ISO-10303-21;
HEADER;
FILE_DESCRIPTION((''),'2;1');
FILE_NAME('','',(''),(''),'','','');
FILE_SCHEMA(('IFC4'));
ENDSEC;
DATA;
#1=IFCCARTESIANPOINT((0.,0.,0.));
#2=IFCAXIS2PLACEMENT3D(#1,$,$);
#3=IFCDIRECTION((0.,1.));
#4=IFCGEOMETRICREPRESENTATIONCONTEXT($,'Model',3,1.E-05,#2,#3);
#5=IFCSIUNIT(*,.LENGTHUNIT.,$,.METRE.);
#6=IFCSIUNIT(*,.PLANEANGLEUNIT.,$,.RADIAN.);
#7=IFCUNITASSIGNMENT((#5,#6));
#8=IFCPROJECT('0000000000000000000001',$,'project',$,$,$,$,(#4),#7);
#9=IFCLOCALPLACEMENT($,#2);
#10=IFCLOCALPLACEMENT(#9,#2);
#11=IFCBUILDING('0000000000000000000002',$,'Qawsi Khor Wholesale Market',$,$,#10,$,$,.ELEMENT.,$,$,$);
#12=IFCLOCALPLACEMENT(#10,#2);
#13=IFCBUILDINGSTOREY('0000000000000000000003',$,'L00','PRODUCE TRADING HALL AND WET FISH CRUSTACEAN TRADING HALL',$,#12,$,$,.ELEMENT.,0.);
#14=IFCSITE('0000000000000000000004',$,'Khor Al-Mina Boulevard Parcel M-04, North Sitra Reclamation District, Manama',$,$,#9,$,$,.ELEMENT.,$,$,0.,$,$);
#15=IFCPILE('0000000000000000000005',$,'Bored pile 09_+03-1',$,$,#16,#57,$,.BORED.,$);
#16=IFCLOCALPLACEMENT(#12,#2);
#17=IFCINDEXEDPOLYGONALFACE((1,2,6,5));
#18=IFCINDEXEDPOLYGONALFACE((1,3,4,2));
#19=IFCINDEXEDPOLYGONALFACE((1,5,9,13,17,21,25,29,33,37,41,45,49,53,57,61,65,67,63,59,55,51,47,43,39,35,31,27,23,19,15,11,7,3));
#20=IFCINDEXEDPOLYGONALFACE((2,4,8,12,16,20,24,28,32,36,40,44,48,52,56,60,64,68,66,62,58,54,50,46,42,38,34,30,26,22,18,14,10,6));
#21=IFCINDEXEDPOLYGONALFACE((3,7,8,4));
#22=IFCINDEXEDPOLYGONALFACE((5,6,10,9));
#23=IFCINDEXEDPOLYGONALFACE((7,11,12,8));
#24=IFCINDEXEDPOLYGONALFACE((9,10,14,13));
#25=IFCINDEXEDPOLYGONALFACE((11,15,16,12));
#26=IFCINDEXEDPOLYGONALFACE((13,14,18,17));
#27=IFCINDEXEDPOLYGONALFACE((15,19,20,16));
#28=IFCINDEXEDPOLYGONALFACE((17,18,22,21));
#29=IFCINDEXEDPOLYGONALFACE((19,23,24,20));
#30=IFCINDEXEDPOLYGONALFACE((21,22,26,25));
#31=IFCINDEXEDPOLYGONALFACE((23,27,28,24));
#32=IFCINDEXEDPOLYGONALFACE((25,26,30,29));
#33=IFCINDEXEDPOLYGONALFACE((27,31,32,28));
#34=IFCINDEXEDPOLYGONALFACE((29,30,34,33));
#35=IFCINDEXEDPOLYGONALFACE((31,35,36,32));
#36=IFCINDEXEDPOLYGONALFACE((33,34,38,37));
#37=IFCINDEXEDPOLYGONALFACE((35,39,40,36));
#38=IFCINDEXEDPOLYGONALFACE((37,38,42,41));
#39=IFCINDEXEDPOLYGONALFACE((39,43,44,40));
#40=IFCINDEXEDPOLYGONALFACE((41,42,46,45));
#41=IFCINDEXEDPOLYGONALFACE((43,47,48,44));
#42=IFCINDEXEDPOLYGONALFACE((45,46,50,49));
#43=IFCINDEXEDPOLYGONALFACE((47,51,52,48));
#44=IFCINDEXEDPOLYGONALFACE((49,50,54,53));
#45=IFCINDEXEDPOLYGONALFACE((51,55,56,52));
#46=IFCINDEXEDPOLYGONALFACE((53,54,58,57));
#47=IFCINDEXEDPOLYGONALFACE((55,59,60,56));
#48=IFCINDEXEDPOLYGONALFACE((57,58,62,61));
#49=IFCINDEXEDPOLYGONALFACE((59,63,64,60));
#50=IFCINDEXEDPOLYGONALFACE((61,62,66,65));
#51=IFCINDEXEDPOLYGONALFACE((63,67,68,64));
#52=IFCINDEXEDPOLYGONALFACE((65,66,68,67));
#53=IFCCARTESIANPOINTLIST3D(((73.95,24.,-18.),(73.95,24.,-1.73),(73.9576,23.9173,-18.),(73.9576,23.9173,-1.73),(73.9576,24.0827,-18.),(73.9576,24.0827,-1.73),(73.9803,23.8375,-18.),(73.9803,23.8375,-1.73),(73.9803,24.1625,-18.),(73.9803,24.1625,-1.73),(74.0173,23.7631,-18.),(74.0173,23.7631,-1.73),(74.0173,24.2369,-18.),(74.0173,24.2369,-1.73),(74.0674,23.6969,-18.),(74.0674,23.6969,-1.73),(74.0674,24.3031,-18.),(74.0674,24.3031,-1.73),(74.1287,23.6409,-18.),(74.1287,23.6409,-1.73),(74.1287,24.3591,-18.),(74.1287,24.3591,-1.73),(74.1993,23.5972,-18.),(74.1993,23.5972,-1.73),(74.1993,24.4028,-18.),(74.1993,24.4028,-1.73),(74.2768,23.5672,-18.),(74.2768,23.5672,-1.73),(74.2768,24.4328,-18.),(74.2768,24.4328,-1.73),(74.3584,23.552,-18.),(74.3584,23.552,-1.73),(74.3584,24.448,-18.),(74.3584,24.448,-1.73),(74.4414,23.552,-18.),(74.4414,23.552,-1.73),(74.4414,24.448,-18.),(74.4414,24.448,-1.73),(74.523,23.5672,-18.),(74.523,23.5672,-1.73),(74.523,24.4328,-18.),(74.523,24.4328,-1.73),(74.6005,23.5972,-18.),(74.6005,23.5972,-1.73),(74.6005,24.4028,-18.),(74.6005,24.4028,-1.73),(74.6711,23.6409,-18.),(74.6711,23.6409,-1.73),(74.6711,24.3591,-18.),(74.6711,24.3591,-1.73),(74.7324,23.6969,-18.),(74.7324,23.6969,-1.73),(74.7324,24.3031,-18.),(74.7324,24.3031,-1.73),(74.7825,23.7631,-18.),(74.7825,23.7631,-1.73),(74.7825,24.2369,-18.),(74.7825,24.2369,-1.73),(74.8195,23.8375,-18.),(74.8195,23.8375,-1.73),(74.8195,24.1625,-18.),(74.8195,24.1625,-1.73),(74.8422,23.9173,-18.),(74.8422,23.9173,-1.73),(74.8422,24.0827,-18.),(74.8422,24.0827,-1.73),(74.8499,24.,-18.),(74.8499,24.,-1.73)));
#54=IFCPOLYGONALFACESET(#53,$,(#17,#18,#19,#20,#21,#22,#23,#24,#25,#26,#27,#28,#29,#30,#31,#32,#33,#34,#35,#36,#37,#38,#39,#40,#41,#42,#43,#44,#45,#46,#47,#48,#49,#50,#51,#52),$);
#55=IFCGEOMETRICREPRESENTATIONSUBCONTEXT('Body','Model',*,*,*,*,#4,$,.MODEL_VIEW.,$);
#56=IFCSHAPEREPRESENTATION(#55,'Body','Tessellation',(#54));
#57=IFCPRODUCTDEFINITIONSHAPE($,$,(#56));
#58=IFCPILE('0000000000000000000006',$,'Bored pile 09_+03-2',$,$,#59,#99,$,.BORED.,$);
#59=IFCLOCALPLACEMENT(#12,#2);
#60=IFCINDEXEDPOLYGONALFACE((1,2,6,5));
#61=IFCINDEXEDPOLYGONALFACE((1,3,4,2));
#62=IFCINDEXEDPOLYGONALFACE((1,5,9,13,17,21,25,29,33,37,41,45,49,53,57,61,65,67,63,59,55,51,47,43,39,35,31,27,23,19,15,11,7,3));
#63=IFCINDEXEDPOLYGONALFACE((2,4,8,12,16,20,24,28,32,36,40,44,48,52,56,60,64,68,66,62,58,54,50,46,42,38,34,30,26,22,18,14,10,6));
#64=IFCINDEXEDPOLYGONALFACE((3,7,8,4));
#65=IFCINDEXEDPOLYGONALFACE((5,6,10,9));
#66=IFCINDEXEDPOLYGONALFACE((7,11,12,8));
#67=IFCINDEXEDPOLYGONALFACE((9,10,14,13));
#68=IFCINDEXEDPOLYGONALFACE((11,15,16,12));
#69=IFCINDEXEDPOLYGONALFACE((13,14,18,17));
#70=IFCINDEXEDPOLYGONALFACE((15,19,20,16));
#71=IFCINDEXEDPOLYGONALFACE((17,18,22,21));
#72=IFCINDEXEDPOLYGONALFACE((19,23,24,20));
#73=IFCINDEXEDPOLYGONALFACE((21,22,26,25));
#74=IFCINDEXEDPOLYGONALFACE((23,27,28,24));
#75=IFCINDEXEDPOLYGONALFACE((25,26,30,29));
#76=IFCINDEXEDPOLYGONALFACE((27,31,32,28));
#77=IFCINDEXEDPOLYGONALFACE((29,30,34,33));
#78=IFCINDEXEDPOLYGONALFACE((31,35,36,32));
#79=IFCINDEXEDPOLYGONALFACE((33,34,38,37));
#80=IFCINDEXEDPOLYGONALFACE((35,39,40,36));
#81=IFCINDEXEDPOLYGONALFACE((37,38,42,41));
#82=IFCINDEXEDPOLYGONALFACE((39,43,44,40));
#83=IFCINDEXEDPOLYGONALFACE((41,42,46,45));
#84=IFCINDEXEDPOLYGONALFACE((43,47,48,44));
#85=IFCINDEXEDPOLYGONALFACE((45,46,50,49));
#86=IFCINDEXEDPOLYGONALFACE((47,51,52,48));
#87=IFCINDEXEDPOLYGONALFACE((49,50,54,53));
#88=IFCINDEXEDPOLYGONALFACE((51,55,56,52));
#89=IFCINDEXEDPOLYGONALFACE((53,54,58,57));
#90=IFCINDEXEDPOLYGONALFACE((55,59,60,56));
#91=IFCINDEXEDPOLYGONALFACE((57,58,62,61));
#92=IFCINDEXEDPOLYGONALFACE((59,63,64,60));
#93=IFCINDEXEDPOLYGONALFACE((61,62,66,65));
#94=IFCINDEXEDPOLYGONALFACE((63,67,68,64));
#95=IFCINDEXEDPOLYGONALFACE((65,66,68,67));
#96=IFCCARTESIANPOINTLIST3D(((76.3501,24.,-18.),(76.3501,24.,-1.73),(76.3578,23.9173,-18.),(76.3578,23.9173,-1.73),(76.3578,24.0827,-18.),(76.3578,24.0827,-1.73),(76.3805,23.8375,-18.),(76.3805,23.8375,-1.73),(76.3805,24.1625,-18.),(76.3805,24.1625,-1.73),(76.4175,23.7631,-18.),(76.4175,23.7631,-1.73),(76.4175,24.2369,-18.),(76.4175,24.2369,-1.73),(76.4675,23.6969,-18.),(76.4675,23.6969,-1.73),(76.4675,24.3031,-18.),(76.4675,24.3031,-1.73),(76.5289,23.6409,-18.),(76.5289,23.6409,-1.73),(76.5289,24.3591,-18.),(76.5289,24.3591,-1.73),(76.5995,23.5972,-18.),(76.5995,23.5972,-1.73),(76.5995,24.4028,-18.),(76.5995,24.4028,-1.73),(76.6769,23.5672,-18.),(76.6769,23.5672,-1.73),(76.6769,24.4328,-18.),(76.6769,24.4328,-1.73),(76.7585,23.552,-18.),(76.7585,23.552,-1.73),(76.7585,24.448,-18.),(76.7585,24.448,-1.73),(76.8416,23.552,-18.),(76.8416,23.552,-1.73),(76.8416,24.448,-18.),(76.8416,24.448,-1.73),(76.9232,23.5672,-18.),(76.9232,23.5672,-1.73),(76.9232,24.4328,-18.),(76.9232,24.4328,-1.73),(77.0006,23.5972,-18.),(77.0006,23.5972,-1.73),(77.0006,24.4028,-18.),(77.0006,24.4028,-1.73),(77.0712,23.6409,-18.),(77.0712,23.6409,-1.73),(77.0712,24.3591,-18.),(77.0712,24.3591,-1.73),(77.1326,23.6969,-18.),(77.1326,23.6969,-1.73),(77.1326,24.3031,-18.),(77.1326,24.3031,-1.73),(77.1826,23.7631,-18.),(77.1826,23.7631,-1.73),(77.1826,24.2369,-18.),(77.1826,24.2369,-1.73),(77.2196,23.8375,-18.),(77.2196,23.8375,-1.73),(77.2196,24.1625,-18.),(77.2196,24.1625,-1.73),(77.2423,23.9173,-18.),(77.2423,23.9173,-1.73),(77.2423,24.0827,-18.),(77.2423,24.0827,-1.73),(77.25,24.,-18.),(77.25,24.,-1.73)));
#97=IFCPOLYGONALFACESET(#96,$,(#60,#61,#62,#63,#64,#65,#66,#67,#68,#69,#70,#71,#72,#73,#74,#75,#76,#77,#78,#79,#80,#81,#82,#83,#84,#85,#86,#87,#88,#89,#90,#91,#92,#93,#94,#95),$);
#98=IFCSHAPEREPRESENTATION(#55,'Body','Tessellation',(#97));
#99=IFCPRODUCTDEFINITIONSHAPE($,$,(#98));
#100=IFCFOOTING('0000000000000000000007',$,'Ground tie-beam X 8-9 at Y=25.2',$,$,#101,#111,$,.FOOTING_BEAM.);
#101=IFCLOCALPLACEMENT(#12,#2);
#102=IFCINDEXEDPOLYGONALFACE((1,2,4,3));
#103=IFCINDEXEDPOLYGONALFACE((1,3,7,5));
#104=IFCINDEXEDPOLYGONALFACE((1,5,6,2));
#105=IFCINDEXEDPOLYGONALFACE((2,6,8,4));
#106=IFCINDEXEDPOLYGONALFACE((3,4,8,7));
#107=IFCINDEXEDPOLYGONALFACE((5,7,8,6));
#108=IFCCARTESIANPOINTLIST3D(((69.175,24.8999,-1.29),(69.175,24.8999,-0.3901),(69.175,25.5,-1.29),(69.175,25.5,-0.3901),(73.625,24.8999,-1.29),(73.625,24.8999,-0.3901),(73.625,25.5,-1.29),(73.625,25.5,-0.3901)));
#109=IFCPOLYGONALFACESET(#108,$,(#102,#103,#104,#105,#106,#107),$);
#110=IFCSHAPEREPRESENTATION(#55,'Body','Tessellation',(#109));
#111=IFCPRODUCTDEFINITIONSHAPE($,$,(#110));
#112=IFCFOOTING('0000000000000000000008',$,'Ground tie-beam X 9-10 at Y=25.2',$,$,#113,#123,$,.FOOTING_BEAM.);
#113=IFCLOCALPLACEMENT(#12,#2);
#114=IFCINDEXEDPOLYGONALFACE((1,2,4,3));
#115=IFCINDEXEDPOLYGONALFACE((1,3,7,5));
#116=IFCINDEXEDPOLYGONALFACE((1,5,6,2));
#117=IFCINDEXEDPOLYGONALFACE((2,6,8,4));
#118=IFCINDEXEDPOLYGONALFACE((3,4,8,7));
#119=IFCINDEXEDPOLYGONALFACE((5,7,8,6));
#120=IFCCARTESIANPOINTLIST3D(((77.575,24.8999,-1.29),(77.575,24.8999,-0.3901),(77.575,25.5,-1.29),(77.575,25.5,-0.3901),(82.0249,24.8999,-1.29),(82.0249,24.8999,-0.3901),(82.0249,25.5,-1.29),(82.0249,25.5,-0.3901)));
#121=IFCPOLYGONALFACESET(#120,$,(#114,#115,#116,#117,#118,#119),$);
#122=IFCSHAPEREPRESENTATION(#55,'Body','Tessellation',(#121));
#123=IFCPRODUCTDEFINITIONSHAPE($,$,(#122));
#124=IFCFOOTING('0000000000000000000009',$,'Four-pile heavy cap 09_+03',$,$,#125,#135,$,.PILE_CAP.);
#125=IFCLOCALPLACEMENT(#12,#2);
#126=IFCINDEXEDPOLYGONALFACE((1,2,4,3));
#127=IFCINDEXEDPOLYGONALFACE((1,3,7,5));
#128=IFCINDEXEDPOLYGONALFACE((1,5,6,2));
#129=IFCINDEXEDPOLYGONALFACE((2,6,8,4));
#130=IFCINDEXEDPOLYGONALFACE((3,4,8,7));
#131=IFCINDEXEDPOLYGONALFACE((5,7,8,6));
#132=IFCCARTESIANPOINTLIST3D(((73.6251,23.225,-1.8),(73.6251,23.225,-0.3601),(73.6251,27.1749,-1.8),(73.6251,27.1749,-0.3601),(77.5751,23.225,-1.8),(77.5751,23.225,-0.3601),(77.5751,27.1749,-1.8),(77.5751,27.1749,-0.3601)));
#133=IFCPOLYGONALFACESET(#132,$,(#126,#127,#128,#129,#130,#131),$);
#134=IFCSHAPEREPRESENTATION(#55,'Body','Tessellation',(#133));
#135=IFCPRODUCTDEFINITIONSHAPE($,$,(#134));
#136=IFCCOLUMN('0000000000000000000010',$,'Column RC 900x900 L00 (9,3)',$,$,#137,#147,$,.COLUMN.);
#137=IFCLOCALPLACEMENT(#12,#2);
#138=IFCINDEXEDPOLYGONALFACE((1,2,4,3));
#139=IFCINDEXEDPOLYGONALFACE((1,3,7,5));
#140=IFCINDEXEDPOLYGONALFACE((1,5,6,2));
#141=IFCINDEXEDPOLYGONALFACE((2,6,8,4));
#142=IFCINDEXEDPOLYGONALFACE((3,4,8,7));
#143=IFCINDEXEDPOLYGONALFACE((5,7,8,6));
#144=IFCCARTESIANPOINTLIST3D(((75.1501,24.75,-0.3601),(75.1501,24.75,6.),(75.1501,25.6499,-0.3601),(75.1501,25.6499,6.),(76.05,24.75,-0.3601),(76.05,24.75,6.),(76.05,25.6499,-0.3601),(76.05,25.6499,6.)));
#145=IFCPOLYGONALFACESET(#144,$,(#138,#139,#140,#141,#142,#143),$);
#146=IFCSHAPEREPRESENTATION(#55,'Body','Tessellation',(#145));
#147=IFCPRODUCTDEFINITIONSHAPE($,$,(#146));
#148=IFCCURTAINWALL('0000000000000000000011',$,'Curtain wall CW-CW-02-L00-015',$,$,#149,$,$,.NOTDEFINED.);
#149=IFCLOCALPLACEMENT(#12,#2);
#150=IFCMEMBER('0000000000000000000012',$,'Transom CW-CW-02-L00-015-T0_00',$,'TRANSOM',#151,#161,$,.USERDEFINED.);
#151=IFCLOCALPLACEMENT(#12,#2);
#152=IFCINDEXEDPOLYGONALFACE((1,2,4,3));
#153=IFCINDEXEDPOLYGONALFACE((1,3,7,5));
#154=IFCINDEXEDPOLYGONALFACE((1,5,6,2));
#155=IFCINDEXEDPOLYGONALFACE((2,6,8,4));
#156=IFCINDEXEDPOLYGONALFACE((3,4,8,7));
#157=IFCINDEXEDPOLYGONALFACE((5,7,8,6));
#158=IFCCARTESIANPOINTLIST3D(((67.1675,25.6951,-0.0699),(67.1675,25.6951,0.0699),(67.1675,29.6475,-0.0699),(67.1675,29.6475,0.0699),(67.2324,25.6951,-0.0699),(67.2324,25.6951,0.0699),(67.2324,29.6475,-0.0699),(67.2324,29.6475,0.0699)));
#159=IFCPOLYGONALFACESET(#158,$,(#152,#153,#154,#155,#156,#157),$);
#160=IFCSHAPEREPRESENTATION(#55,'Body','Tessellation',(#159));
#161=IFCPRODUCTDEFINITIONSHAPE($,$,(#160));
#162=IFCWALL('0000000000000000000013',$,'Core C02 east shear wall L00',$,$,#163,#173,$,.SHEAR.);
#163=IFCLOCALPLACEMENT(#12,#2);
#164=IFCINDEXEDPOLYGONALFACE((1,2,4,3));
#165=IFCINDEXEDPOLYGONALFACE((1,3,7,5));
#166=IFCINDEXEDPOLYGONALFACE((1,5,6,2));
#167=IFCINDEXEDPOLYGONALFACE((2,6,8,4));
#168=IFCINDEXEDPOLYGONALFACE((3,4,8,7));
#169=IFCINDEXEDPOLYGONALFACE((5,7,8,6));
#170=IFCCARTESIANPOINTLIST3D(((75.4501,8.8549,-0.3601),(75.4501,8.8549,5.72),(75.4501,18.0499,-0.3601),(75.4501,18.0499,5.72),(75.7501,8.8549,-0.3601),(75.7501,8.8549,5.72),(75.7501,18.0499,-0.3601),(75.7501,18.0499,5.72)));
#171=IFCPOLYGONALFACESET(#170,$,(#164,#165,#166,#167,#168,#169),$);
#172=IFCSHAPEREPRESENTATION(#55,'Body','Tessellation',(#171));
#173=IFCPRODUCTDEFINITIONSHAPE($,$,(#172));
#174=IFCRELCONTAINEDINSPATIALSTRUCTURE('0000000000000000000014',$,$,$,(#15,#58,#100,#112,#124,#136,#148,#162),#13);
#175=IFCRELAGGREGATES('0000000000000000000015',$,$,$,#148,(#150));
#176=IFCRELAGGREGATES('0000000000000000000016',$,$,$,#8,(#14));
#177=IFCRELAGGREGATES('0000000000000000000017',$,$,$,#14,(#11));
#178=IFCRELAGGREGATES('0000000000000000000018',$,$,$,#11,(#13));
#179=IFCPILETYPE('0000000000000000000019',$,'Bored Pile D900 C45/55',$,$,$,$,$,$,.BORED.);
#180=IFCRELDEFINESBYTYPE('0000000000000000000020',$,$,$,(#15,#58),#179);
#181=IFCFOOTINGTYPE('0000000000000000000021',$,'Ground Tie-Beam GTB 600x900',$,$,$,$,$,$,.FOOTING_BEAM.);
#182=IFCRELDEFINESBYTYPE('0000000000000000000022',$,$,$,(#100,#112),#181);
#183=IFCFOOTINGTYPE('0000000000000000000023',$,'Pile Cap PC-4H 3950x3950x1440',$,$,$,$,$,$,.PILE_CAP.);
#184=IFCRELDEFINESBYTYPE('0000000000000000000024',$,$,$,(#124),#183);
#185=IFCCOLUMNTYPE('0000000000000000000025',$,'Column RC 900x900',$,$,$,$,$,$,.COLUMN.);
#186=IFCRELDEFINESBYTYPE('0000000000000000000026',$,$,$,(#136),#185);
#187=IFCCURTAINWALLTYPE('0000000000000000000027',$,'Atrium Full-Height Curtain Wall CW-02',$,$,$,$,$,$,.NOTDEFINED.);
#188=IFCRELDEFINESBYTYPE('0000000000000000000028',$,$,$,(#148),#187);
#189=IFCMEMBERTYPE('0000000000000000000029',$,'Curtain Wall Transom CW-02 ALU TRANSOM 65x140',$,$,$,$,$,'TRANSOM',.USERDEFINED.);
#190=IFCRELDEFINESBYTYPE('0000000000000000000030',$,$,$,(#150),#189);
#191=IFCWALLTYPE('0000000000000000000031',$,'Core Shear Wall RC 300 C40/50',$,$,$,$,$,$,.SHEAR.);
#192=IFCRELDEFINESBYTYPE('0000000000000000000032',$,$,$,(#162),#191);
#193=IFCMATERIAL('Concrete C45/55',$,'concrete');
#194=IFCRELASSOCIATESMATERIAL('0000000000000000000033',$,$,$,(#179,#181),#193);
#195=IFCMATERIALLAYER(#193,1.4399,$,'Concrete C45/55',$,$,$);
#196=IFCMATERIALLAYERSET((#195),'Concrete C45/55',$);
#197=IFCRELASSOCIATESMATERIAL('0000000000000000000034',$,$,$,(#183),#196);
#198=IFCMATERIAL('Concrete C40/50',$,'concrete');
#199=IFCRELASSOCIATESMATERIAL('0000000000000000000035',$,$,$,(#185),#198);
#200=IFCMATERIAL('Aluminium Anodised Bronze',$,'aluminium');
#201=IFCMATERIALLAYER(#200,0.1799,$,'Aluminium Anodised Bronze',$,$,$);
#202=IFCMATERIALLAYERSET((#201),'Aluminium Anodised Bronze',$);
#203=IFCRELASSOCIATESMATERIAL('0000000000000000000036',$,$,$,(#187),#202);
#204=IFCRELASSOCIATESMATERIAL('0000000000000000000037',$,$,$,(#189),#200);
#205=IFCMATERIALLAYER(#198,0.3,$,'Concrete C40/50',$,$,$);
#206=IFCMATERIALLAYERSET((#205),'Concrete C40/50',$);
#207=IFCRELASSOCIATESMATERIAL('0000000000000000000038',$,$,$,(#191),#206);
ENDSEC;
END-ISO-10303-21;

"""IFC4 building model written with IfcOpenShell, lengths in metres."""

from ifc_helpers import new_model, si_unit, direction, frame, frame_2d, origin, origin_2d, place, context, subcontext, project, spatial, rectangle, circle, extrude, material, layer, layer_set, material_profile, profile_set, type_object, element, aggregate, save


model = new_model("IFC4")

# Units and contexts
model_context = context("Model", 3, precision=1e-05, world=origin(), true_north=direction((0.0, 1.0)))
body_context = subcontext(model_context, "Body", "Model", "MODEL_VIEW")
ifc_project = project(units=[si_unit("LENGTHUNIT", "METRE"), si_unit("PLANEANGLEUNIT", "RADIAN")], contexts=[model_context])

# Site, building, storey
site_placement = place(None, origin())
site = spatial("IfcSite", under=ifc_project, at=site_placement, Name="Khor Al-Mina Boulevard Parcel M-04, North Sitra Reclamation District, Manama", CompositionType="ELEMENT", RefElevation=0.0)
building_placement = place(site_placement, origin())
building = spatial("IfcBuilding", under=site, at=building_placement, Name="Qawsi Khor Wholesale Market", CompositionType="ELEMENT")
storey_placement = place(building_placement, origin())
storey = spatial("IfcBuildingStorey", under=building, at=storey_placement, Name="L00", Description="PRODUCE TRADING HALL AND WET FISH CRUSTACEAN TRADING HALL", CompositionType="ELEMENT", Elevation=0.0)

# Piles
ifc_material_1 = material(Name="Concrete C45/55", Category="concrete")
ifc_material_profile_1 = material_profile(ifc_material_1, circle(Radius=0.45, at=origin_2d()), Name="PILE D900")
ifc_profile_set_1 = profile_set([ifc_material_profile_1], Name="Concrete C45/55")
pile_type_1 = type_object("IfcPileType", Name="Bored Pile D900 C45/55", PredefinedType="BORED", material=ifc_profile_set_1)
for number, where, z_axis, x_axis, name in (
    (1, (74.3999, 24.0, -1.73), (0.0, 0.0, -1.0), (1.0, 0.0, 0.0), "Bored pile 09_+03-1"),
    (2, (76.8, 24.0, -1.73), (0.0, 0.0, -1.0), (1.0, 0.0, 0.0), "Bored pile 09_+03-2"),
):
    element("IfcPile", number, at=place(storey_placement, frame(where, z_axis=z_axis, x_axis=x_axis)), inside=storey, type_object=pile_type_1, Name=name, PredefinedType="BORED", context=body_context, shape_type="SweptSolid", body=[
        extrude(circle(Radius=0.45, at=origin_2d()), origin(), (0.0, 0.0, 1.0), 16.27),
    ])

# Footings
ifc_material_profile_2 = material_profile(ifc_material_1, rectangle(XDim=0.6001, YDim=0.8999, at=origin_2d()), Name="RC 600x900")
ifc_profile_set_2 = profile_set([ifc_material_profile_2], Name="Concrete C45/55")
footing_type_1 = type_object("IfcFootingType", Name="Ground Tie-Beam GTB 600x900", PredefinedType="FOOTING_BEAM", material=ifc_profile_set_2)
for number, where, z_axis, x_axis, name in (
    (3, (69.175, 25.2, -0.8401), (1.0, 0.0, 0.0), (0.0, 1.0, 0.0), "Ground tie-beam X 8-9 at Y=25.2"),
    (4, (77.575, 25.2, -0.8401), (1.0, 0.0, 0.0), (0.0, 1.0, 0.0), "Ground tie-beam X 9-10 at Y=25.2"),
):
    element("IfcFooting", number, at=place(storey_placement, frame(where, z_axis=z_axis, x_axis=x_axis)), inside=storey, type_object=footing_type_1, Name=name, PredefinedType="FOOTING_BEAM", context=body_context, shape_type="SweptSolid", body=[
        extrude(rectangle(XDim=0.6001, YDim=0.8999, at=origin_2d()), origin(), (0.0, 0.0, 1.0), 4.45),
    ])
ifc_layer_1 = layer(ifc_material_1, 1.4399, Name="Concrete C45/55")
ifc_layer_set_1 = layer_set([ifc_layer_1], Name="Concrete C45/55")
footing_type_2 = type_object("IfcFootingType", Name="Pile Cap PC-4H 3950x3950x1440", PredefinedType="PILE_CAP", material=ifc_layer_set_1)
footing_placement = place(storey_placement, frame((75.6001, 25.2, -1.8), z_axis=(0.0, 0.0, 1.0), x_axis=(1.0, 0.0, 0.0)))
element("IfcFooting", 5, at=footing_placement, inside=storey, type_object=footing_type_2, Name="Four-pile heavy cap 09_+03", PredefinedType="PILE_CAP", context=body_context, shape_type="SweptSolid", body=[
    extrude(rectangle(XDim=3.95, YDim=3.95, at=origin_2d()), origin(), (0.0, 0.0, 1.0), 1.4399),
])

# Column
ifc_material_2 = material(Name="Concrete C40/50", Category="concrete")
ifc_material_profile_3 = material_profile(ifc_material_2, rectangle(XDim=0.8999, YDim=0.8999, at=origin_2d()), Name="RC 900x900")
ifc_profile_set_3 = profile_set([ifc_material_profile_3], Name="Concrete C40/50")
column_type = type_object("IfcColumnType", Name="Column RC 900x900", PredefinedType="COLUMN", material=ifc_profile_set_3)
column_placement = place(storey_placement, frame((75.6001, 25.2, -0.3601), z_axis=(0.0, 0.0, 1.0), x_axis=(1.0, 0.0, 0.0)))
element("IfcColumn", 6, at=column_placement, inside=storey, type_object=column_type, Name="Column RC 900x900 L00 (9,3)", PredefinedType="COLUMN", context=body_context, shape_type="SweptSolid", body=[
    extrude(rectangle(XDim=0.8999, YDim=0.8999, at=origin_2d()), origin(), (0.0, 0.0, 1.0), 6.3601),
])

# Curtain wall, member
ifc_material_3 = material(Name="Aluminium Anodised Bronze", Category="aluminium")
ifc_layer_2 = layer(ifc_material_3, 0.1799, Name="Aluminium Anodised Bronze")
ifc_layer_set_2 = layer_set([ifc_layer_2], Name="Aluminium Anodised Bronze")
curtain_wall_type = type_object("IfcCurtainWallType", Name="Atrium Full-Height Curtain Wall CW-02", PredefinedType="NOTDEFINED", material=ifc_layer_set_2)
curtain_wall_placement = place(storey_placement, origin())
curtain_wall = element("IfcCurtainWall", 7, at=curtain_wall_placement, inside=storey, type_object=curtain_wall_type, Name="Curtain wall CW-CW-02-L00-015", PredefinedType="NOTDEFINED")
ifc_material_profile_4 = material_profile(ifc_material_3, rectangle(XDim=0.0649, YDim=0.1399, at=origin_2d()), Name="ALU TRANSOM 65x140")
ifc_profile_set_4 = profile_set([ifc_material_profile_4], Name="Aluminium Anodised Bronze")
member_type = type_object("IfcMemberType", Name="Curtain Wall Transom CW-02 ALU TRANSOM 65x140", ElementType="TRANSOM", PredefinedType="USERDEFINED", material=ifc_profile_set_4)
member_placement = place(storey_placement, frame((67.2, 25.6951, 0.0), z_axis=(0.0, 1.0, 0.0), x_axis=(-1.0, 0.0, 0.0)))
member = element("IfcMember", 8, at=member_placement, type_object=member_type, Name="Transom CW-CW-02-L00-015-T0_00", ObjectType="TRANSOM", PredefinedType="USERDEFINED", context=body_context, shape_type="SweptSolid", body=[
    extrude(rectangle(XDim=0.0649, YDim=0.1399, at=origin_2d()), origin(), (0.0, 0.0, 1.0), 3.9524),
])
aggregate(curtain_wall, [member])

# Wall
ifc_layer_3 = layer(ifc_material_2, 0.3, Name="Concrete C40/50")
ifc_layer_set_3 = layer_set([ifc_layer_3], Name="Concrete C40/50")
wall_type_1 = type_object("IfcWallType", Name="Core Shear Wall RC 300 C40/50", PredefinedType="SHEAR", material=ifc_layer_set_3)
wall_1_placement = place(storey_placement, frame((75.6001, 18.05, -0.3601), z_axis=(0.0, 0.0, 1.0), x_axis=(0.0, -1.0, 0.0)))
element("IfcWall", 9, at=wall_1_placement, inside=storey, type_object=wall_type_1, Name="Core C02 east shear wall L00", PredefinedType="SHEAR", context=body_context, shape_type="SweptSolid", body=[
    extrude(rectangle(XDim=9.1951, YDim=0.3, at=frame_2d((4.5977, 0.0))), origin(), (0.0, 0.0, 1.0), 6.0801),
])

save(model, "model.ifc")
